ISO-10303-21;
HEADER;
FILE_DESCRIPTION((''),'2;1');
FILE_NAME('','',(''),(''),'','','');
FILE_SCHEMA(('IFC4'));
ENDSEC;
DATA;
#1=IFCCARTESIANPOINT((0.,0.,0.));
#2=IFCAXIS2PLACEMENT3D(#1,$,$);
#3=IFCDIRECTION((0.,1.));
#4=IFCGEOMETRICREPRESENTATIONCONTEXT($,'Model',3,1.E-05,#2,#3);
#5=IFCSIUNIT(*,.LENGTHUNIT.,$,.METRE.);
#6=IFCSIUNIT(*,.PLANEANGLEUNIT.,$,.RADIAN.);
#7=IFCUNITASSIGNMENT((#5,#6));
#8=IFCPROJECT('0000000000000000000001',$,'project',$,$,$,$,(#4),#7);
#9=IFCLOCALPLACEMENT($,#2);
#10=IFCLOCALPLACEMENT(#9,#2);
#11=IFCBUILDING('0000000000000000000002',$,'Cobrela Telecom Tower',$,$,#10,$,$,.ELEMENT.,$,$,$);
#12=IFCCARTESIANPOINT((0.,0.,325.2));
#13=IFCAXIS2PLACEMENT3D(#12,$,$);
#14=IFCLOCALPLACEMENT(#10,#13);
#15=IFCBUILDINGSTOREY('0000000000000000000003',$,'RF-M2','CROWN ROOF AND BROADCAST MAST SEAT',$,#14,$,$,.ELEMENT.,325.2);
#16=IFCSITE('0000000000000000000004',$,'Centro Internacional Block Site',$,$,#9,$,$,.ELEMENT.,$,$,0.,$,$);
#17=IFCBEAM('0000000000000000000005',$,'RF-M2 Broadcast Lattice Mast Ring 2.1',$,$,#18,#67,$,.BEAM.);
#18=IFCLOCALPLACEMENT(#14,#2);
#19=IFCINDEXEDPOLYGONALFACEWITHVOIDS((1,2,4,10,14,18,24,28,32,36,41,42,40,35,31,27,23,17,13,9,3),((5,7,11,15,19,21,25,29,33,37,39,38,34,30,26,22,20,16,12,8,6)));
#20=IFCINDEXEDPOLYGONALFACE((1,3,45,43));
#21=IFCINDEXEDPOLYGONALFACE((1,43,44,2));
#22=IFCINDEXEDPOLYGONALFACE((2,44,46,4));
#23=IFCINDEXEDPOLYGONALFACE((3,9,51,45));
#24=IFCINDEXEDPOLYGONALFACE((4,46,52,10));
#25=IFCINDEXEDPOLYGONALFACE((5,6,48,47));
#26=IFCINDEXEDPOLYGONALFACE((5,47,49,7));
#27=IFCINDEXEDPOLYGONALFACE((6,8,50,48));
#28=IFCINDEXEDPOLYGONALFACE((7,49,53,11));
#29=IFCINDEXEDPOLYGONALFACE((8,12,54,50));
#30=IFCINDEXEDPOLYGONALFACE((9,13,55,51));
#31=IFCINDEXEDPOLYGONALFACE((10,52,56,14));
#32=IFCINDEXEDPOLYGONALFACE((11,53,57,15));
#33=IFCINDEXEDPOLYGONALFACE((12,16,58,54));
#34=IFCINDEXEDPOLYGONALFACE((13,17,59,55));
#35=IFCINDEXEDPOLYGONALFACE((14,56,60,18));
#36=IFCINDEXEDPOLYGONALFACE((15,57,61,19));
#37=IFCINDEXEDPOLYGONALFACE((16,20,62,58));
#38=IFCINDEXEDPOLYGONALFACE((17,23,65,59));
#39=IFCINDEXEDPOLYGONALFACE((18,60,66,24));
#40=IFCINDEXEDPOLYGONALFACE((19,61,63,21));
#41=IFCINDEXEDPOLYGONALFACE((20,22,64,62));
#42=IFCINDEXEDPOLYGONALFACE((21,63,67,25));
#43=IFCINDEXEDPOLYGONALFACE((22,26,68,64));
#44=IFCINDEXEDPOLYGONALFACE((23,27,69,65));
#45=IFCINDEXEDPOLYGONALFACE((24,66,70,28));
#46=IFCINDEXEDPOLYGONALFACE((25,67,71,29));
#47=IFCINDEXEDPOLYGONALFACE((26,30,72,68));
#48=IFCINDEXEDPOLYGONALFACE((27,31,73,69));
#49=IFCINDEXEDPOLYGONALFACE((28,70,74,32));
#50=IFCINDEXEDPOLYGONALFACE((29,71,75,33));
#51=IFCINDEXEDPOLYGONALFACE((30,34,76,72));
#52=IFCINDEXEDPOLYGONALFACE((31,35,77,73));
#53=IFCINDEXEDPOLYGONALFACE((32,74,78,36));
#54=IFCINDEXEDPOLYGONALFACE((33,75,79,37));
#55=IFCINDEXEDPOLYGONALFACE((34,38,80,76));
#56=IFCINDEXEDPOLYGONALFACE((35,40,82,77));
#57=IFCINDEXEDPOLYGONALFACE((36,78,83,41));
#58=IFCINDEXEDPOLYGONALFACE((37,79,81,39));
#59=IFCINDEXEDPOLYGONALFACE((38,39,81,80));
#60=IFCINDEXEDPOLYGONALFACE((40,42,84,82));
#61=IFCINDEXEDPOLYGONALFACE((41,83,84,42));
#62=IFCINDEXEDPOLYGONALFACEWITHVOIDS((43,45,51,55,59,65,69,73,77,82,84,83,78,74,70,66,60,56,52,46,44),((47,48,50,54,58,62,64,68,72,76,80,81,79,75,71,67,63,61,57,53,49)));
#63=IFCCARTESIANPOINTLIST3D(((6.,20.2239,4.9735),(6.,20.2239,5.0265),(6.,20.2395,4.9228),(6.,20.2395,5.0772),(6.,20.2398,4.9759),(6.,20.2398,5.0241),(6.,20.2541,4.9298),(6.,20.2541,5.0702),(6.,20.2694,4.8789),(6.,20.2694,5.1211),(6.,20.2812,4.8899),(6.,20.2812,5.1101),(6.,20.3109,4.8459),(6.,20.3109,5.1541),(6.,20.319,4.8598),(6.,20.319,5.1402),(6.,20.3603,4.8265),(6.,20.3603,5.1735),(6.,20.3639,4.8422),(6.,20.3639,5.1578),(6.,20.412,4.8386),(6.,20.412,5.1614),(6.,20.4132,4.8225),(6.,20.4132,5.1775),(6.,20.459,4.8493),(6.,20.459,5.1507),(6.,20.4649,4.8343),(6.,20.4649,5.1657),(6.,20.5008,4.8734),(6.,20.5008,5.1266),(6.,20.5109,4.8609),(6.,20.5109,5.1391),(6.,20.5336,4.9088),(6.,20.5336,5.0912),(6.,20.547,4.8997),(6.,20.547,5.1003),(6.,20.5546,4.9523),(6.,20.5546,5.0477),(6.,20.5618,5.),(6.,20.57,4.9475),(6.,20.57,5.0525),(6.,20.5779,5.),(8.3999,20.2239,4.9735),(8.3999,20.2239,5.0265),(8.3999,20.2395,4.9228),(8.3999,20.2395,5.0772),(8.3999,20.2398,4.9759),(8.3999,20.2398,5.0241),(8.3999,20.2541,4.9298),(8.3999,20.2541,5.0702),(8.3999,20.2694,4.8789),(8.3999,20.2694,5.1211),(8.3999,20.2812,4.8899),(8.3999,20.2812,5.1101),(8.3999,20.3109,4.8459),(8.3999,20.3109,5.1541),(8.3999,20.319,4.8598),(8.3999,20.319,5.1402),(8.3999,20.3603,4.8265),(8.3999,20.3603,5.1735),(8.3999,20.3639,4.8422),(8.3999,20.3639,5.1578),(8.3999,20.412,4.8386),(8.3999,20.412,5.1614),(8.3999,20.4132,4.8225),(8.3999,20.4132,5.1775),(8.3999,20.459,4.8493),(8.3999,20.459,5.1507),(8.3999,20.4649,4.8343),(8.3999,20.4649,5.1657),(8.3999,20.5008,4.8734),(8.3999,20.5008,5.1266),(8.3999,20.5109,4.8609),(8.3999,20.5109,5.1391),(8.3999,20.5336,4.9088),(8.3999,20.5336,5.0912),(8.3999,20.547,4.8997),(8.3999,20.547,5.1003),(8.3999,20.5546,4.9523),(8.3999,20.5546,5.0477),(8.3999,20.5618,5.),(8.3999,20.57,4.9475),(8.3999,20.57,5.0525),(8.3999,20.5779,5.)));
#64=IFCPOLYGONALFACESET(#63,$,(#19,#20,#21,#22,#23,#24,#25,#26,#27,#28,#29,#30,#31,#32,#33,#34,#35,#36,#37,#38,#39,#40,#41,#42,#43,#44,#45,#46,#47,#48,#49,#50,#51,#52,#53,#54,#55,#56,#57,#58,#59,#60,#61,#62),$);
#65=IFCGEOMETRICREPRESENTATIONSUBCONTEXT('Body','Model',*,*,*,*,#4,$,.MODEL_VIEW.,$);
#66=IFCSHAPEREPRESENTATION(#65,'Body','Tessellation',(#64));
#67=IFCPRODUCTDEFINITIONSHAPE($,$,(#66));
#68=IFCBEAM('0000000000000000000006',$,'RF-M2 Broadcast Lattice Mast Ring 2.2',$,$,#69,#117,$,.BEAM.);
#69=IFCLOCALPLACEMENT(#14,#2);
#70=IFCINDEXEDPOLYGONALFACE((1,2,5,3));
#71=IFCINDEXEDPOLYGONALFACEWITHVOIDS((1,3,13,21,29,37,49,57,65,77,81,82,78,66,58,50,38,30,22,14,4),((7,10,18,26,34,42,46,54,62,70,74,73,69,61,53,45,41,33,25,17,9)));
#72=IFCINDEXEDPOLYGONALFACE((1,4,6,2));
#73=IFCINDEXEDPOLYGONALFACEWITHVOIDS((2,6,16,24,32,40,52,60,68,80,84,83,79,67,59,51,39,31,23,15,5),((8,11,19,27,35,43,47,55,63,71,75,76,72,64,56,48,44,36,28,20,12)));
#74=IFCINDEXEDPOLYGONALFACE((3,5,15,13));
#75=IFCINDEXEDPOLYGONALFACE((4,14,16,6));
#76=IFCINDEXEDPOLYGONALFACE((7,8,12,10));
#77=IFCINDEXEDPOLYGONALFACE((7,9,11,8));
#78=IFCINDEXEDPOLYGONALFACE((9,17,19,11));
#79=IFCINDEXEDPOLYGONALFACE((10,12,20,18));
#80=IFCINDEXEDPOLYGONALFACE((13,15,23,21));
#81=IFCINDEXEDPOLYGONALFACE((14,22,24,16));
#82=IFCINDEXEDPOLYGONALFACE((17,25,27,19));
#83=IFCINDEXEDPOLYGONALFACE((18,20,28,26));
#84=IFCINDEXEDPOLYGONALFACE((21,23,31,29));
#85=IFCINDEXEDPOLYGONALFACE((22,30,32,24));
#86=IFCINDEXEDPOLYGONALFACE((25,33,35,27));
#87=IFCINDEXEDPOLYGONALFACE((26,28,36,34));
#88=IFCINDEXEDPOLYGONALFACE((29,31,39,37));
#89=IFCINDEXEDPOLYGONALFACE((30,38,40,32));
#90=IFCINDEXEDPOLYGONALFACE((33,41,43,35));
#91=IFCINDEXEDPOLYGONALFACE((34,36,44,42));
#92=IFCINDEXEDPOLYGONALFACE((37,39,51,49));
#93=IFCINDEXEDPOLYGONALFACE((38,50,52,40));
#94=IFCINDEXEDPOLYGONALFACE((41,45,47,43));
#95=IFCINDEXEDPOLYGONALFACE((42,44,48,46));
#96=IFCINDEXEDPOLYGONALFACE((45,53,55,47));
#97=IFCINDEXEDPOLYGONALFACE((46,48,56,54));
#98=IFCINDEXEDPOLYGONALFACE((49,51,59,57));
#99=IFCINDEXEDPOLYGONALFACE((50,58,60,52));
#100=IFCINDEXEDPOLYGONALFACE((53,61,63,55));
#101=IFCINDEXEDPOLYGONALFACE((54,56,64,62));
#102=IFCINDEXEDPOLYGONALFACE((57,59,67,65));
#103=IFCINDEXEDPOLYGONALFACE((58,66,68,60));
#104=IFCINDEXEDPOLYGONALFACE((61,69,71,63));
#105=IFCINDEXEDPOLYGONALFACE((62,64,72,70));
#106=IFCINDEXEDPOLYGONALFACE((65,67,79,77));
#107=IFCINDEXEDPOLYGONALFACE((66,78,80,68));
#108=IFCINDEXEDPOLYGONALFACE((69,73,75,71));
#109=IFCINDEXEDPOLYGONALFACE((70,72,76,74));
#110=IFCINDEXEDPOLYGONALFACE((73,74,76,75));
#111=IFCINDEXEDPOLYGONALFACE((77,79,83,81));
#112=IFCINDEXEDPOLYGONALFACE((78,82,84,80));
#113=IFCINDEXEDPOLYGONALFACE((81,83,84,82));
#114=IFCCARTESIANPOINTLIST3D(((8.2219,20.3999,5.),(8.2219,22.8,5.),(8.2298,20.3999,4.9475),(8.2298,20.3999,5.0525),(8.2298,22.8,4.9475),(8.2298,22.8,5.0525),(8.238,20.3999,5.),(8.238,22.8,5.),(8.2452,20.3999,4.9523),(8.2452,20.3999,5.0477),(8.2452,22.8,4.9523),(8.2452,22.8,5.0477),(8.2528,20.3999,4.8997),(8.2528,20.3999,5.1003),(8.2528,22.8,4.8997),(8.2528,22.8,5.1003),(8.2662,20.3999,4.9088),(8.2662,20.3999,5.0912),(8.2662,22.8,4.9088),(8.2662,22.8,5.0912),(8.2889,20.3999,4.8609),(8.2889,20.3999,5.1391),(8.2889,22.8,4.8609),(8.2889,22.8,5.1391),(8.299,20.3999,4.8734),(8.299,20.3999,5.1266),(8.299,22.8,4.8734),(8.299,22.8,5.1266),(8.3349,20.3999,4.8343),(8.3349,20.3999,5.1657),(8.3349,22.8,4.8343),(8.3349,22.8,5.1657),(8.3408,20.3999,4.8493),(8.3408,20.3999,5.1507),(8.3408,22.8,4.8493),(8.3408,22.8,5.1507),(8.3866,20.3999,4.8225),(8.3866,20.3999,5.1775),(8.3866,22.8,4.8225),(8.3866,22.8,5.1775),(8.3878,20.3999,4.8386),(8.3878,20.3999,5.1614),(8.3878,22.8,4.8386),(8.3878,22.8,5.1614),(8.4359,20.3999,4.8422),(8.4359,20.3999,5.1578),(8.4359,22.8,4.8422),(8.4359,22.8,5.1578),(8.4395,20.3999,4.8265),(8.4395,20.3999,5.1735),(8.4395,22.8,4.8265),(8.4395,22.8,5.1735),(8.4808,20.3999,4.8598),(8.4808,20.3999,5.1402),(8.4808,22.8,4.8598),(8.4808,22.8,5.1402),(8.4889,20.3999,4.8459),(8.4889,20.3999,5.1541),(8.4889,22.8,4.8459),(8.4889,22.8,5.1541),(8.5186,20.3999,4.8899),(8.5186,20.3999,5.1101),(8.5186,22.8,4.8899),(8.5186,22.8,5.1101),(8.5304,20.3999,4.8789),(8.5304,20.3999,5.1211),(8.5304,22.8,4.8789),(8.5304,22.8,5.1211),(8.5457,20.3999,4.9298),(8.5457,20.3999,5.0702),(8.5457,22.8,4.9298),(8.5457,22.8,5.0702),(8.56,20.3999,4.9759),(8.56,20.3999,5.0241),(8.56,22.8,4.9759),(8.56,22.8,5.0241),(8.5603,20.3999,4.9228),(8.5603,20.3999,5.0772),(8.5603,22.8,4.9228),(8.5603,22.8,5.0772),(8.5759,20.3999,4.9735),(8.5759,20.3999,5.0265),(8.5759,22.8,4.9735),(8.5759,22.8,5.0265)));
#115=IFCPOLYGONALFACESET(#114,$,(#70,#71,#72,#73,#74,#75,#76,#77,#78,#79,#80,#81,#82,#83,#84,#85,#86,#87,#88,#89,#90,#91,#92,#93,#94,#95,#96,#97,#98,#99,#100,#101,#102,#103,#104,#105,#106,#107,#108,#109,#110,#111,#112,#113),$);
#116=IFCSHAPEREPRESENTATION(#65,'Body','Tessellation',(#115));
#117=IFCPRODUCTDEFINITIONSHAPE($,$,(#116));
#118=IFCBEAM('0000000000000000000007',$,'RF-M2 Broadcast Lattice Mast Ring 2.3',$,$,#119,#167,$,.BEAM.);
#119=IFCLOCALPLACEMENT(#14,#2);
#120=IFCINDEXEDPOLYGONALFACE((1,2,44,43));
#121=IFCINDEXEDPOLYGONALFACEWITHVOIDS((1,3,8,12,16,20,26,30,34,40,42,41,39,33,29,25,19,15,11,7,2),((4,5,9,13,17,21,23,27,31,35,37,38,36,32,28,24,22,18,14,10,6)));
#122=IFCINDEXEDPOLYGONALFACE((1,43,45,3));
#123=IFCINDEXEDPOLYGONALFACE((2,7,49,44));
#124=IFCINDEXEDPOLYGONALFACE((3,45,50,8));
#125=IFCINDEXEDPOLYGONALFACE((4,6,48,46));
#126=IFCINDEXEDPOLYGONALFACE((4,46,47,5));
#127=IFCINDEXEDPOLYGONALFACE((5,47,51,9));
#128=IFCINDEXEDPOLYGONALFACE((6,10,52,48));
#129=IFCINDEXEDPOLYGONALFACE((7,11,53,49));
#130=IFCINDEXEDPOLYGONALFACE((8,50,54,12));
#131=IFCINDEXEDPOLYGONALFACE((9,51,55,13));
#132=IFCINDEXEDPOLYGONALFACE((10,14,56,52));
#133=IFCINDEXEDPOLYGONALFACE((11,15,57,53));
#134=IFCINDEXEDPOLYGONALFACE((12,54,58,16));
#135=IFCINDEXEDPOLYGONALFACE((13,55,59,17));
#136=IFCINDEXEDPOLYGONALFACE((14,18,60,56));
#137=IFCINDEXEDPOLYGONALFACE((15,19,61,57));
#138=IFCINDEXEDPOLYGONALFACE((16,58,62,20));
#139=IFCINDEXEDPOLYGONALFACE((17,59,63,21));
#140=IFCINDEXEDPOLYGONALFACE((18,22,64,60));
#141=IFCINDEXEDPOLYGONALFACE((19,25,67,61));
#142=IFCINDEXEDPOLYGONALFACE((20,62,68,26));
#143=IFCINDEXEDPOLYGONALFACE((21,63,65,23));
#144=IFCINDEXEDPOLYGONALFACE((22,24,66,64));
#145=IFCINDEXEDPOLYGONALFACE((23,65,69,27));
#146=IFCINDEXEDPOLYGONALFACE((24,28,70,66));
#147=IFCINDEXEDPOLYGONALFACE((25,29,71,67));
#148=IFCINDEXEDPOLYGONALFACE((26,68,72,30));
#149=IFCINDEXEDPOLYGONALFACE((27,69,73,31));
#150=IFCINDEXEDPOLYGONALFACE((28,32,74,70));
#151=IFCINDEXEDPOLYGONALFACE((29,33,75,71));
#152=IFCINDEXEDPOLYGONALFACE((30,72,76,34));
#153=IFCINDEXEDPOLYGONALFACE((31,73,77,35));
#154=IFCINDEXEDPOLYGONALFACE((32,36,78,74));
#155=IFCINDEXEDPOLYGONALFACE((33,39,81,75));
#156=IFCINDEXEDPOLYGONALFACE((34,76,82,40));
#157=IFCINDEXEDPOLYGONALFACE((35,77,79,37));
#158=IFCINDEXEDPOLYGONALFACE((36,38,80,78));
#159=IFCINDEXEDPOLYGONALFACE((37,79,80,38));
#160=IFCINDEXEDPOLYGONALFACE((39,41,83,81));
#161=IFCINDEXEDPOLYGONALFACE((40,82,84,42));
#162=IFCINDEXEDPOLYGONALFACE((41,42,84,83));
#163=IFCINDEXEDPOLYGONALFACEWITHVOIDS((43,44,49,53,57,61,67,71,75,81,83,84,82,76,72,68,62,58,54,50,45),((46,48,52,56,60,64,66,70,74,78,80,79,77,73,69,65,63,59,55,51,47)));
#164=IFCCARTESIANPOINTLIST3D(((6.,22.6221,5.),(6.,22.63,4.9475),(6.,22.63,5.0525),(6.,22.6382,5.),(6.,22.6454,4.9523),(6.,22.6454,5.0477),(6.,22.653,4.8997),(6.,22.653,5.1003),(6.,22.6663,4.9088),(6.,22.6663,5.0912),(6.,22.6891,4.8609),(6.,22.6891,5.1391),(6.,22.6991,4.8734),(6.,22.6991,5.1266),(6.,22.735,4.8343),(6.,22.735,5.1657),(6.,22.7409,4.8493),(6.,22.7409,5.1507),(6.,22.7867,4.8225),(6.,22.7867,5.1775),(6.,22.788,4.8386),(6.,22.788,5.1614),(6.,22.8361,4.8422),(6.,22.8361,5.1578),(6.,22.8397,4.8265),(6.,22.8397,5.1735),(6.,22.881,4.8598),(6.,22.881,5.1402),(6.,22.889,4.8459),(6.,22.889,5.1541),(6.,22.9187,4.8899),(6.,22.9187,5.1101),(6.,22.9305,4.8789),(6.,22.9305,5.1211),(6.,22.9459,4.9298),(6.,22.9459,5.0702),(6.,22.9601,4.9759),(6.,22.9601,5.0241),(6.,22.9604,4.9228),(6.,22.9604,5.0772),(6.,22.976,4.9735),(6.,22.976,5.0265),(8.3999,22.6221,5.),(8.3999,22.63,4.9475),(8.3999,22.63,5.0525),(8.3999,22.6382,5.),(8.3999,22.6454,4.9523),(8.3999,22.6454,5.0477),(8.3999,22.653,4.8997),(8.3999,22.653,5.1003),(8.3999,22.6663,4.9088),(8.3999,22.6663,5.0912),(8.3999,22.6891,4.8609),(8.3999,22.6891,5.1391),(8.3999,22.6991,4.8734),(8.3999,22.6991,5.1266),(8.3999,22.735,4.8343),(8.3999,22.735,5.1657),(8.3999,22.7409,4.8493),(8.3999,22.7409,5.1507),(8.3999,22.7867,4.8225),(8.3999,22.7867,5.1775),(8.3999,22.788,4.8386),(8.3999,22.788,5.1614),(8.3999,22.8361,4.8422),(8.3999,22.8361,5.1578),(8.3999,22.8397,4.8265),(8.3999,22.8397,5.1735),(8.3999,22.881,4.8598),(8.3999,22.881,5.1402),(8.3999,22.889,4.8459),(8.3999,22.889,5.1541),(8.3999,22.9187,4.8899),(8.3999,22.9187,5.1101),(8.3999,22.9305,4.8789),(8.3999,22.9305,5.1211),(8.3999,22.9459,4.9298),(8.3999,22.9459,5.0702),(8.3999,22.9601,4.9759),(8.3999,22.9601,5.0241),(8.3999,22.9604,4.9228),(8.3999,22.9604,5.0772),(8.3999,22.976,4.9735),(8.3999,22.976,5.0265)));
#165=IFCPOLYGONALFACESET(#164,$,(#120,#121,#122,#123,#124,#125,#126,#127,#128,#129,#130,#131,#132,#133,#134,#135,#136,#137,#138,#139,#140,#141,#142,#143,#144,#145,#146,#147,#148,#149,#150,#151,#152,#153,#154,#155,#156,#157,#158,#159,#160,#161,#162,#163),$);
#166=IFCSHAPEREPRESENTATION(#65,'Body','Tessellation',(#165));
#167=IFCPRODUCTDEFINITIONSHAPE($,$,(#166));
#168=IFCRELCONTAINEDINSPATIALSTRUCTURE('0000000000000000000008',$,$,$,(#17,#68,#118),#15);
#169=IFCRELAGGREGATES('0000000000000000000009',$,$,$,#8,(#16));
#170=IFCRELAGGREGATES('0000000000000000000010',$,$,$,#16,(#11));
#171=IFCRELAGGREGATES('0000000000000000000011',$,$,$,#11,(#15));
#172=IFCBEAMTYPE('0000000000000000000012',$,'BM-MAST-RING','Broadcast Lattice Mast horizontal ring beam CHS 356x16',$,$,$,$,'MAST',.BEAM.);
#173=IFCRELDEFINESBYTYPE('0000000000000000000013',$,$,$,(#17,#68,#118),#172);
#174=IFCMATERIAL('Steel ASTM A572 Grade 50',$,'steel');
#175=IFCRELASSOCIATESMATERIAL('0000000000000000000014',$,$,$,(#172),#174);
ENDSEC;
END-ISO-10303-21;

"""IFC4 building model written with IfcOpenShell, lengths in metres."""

from ifc_helpers import new_model, si_unit, direction, frame, origin, origin_2d, place, context, subcontext, project, spatial, hollow_circle, extrude, material, material_profile, profile_set, type_object, element, save


model = new_model("IFC4")

# Units and contexts
model_context = context("Model", 3, precision=1e-05, world=origin(), true_north=direction((0.0, 1.0)))
body_context = subcontext(model_context, "Body", "Model", "MODEL_VIEW")
ifc_project = project(units=[si_unit("LENGTHUNIT", "METRE"), si_unit("PLANEANGLEUNIT", "RADIAN")], contexts=[model_context])

# Site, building, storey
site_placement = place(None, origin())
site = spatial("IfcSite", under=ifc_project, at=site_placement, Name="Centro Internacional Block Site", CompositionType="ELEMENT", RefElevation=0.0)
building_placement = place(site_placement, origin())
building = spatial("IfcBuilding", under=site, at=building_placement, Name="Cobrela Telecom Tower", CompositionType="ELEMENT")
storey_placement = place(building_placement, frame((0.0, 0.0, 325.2)))
storey = spatial("IfcBuildingStorey", under=building, at=storey_placement, Name="RF-M2", Description="CROWN ROOF AND BROADCAST MAST SEAT", CompositionType="ELEMENT", Elevation=325.2)

# Beams
ifc_material = material(Name="Steel ASTM A572 Grade 50", Category="steel")
ifc_material_profile = material_profile(ifc_material, hollow_circle(Radius=0.178, WallThickness=0.0161, at=origin_2d()), Name="CHS 356x16")
ifc_profile_set = profile_set([ifc_material_profile], Name="Steel ASTM A572 Grade 50")
beam_type = type_object("IfcBeamType", Name="BM-MAST-RING", Description="Broadcast Lattice Mast horizontal ring beam CHS 356x16", ElementType="MAST", PredefinedType="BEAM", material=ifc_profile_set)
beam_1_placement = place(storey_placement, frame((6.0, 20.3999, 5.0), z_axis=(1.0, 0.0, 0.0), x_axis=(0.0, 1.0, 0.0)))
element("IfcBeam", 1, at=beam_1_placement, inside=storey, type_object=beam_type, Name="RF-M2 Broadcast Lattice Mast Ring 2.1", PredefinedType="BEAM", context=body_context, shape_type="SweptSolid", body=[
    extrude(hollow_circle(Radius=0.178, WallThickness=0.0161, at=origin_2d()), origin(), (0.0, 0.0, 1.0), 2.3999),
])
beam_2_placement = place(storey_placement, frame((8.3999, 20.3999, 5.0), z_axis=(0.0, 1.0, 0.0), x_axis=(-1.0, 0.0, 0.0)))
element("IfcBeam", 2, at=beam_2_placement, inside=storey, type_object=beam_type, Name="RF-M2 Broadcast Lattice Mast Ring 2.2", PredefinedType="BEAM", context=body_context, shape_type="SweptSolid", body=[
    extrude(hollow_circle(Radius=0.178, WallThickness=0.0161, at=origin_2d()), origin(), (0.0, 0.0, 1.0), 2.4001),
])
beam_3_placement = place(storey_placement, frame((8.3999, 22.8, 5.0), z_axis=(-1.0, 0.0, 0.0), x_axis=(0.0, -1.0, 0.0)))
element("IfcBeam", 3, at=beam_3_placement, inside=storey, type_object=beam_type, Name="RF-M2 Broadcast Lattice Mast Ring 2.3", PredefinedType="BEAM", context=body_context, shape_type="SweptSolid", body=[
    extrude(hollow_circle(Radius=0.178, WallThickness=0.0161, at=origin_2d()), origin(), (0.0, 0.0, 1.0), 2.3999),
])

save(model, "model.ifc")
